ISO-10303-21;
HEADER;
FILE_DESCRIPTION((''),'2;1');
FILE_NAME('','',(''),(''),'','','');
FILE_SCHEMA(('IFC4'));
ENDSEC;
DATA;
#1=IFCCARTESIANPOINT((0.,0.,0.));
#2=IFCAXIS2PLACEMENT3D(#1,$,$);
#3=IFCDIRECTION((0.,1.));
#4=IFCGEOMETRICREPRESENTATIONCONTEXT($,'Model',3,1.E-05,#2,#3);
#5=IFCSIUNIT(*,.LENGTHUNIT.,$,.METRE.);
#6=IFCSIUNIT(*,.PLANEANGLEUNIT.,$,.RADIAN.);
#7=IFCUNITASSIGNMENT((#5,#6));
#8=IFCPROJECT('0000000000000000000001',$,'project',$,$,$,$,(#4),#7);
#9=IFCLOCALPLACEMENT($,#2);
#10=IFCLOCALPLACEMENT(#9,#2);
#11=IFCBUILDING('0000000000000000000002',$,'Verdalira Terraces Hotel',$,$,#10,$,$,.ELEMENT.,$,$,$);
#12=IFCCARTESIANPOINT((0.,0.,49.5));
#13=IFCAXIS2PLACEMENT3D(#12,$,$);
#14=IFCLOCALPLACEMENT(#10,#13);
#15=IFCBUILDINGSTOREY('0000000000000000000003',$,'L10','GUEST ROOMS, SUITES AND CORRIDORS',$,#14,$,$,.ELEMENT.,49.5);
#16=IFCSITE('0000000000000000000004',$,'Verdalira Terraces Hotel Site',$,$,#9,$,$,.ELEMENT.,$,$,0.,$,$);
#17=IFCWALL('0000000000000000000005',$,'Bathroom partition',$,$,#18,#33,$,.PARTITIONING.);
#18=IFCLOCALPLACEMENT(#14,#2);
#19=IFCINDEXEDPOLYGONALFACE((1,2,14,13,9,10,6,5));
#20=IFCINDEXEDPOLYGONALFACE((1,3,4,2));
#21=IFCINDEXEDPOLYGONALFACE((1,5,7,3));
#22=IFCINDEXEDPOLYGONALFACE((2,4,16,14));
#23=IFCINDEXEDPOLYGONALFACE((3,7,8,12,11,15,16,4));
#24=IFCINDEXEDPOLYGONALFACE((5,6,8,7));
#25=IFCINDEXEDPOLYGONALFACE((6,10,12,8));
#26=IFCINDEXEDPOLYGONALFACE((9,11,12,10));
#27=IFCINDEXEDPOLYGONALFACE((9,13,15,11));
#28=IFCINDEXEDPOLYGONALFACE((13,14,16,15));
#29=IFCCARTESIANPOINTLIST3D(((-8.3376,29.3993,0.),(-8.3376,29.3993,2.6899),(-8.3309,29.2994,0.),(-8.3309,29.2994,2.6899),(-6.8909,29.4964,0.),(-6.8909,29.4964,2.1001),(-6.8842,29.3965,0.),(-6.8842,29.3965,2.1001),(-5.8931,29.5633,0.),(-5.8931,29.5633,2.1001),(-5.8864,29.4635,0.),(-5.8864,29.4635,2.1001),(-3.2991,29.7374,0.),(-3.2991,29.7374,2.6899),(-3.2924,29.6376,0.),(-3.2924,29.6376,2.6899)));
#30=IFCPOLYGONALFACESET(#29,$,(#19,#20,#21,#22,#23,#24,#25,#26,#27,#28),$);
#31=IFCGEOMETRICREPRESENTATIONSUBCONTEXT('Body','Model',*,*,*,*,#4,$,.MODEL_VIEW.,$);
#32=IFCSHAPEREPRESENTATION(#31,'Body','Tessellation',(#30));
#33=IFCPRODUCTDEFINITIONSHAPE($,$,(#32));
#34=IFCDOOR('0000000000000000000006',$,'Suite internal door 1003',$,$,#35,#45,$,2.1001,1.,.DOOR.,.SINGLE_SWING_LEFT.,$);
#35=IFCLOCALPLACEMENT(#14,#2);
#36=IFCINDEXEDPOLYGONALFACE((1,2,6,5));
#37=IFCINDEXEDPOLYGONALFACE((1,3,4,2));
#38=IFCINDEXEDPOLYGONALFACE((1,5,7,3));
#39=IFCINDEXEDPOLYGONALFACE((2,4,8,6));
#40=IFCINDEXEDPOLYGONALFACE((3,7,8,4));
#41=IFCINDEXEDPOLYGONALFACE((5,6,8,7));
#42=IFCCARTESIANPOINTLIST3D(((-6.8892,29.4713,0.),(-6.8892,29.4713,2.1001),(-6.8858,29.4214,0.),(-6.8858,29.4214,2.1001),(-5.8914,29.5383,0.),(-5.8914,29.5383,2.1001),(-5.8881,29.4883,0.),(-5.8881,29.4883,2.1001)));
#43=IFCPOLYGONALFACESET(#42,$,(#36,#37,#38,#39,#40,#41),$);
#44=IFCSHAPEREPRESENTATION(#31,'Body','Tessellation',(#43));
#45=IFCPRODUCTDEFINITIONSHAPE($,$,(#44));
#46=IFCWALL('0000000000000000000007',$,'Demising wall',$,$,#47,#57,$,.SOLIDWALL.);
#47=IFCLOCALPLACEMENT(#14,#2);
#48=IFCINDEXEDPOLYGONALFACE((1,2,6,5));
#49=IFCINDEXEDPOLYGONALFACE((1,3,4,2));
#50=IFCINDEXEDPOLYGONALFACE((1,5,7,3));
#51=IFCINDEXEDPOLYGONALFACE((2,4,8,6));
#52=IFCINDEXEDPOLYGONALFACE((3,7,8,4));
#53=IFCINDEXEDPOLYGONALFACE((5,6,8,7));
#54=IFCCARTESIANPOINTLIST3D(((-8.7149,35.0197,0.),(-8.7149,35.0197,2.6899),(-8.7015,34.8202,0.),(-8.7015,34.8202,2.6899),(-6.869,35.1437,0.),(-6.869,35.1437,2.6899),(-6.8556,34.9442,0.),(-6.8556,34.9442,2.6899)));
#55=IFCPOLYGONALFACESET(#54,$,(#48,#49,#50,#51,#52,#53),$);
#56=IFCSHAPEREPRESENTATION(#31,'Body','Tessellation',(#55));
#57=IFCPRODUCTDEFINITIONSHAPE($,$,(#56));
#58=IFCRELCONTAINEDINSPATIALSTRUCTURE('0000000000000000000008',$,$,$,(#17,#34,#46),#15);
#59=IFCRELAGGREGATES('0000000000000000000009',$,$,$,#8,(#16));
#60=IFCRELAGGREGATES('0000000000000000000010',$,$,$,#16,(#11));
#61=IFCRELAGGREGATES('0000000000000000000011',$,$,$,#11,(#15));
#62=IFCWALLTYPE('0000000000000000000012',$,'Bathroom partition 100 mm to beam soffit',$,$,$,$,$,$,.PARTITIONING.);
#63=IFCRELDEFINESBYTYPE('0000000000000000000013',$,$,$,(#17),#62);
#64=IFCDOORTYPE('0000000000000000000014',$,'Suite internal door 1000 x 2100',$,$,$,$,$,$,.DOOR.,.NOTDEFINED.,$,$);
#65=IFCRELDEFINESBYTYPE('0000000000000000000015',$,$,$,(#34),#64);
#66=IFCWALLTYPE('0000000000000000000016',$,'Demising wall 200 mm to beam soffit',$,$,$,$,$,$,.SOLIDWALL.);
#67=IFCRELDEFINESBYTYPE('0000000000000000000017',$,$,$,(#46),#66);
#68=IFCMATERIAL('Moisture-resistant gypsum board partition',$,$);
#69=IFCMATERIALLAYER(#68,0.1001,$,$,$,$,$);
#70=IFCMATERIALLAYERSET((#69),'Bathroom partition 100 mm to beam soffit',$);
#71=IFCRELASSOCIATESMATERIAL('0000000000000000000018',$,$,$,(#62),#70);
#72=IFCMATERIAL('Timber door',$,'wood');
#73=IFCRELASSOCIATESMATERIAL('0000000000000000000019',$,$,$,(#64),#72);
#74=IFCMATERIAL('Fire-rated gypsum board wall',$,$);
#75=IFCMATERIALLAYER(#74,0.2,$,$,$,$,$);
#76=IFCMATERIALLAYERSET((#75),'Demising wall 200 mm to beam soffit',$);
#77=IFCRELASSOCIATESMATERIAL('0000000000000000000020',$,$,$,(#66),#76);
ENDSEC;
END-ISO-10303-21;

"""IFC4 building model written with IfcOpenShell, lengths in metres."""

from ifc_helpers import new_model, si_unit, direction, frame, frame_2d, origin, place, context, subcontext, project, spatial, rectangle, extrude, material, layer, layer_set, type_object, element, fill, save


model = new_model("IFC4")

# Units and contexts
model_context = context("Model", 3, precision=1e-05, world=origin(), true_north=direction((0.0, 1.0)))
body_context = subcontext(model_context, "Body", "Model", "MODEL_VIEW")
ifc_project = project(units=[si_unit("LENGTHUNIT", "METRE"), si_unit("PLANEANGLEUNIT", "RADIAN")], contexts=[model_context])

# Site, building, storey
site_placement = place(None, origin())
site = spatial("IfcSite", under=ifc_project, at=site_placement, Name="Verdalira Terraces Hotel Site", CompositionType="ELEMENT", RefElevation=0.0)
building_placement = place(site_placement, origin())
building = spatial("IfcBuilding", under=site, at=building_placement, Name="Verdalira Terraces Hotel", CompositionType="ELEMENT")
storey_placement = place(building_placement, frame((0.0, 0.0, 49.5)))
storey = spatial("IfcBuildingStorey", under=building, at=storey_placement, Name="L10", Description="GUEST ROOMS, SUITES AND CORRIDORS", CompositionType="ELEMENT", Elevation=49.5)

# Wall, opening, door
ifc_material_1 = material(Name="Moisture-resistant gypsum board partition")
ifc_layer_1 = layer(ifc_material_1, 0.1001)
ifc_layer_set_1 = layer_set([ifc_layer_1], Name="Bathroom partition 100 mm to beam soffit")
wall_type_1 = type_object("IfcWallType", Name="Bathroom partition 100 mm to beam soffit", PredefinedType="PARTITIONING", material=ifc_layer_set_1)
wall_1_placement = place(storey_placement, frame((-8.3342, 29.3494, 0.0), z_axis=(0.0, 0.0, 1.0), x_axis=(0.997756, 0.066959, 0.0)))
wall_1 = element("IfcWall", 1, at=wall_1_placement, inside=storey, type_object=wall_type_1, Name="Bathroom partition", PredefinedType="PARTITIONING", context=body_context, shape_type="SweptSolid", body=[
    extrude(rectangle(XDim=5.0498, YDim=0.1001, at=frame_2d((2.5249, 0.0))), origin(), (0.0, 0.0, 1.0), 2.6899),
])
opening_1_placement = place(wall_1_placement, frame((1.45, 0.0, 0.0)))
opening_1 = element("IfcOpeningElement", 2, at=opening_1_placement, cuts=wall_1, PredefinedType="OPENING", context=body_context, shape_type="SweptSolid", body=[
    extrude(rectangle(XDim=1.0, YDim=2.1001, at=frame_2d((0.5, 1.05))), frame((0.0, 0.0601, 0.0), z_axis=(0.0, -1.0, 0.0), x_axis=(1.0, 0.0, 0.0)), (0.0, 0.0, 1.0), 0.1201),
])
ifc_material_2 = material(Name="Timber door", Category="wood")
door_type_1 = type_object("IfcDoorType", Name="Suite internal door 1000 x 2100", OperationType="NOTDEFINED", PredefinedType="DOOR", material=ifc_material_2)
door_1_placement = place(opening_1_placement, origin())
door_1 = element("IfcDoor", 3, at=door_1_placement, inside=storey, type_object=door_type_1, Name="Suite internal door 1003", OperationType="SINGLE_SWING_LEFT", OverallHeight=2.1001, OverallWidth=1.0, PredefinedType="DOOR", context=body_context, shape_type="SweptSolid", body=[
    extrude(rectangle(XDim=1.0, YDim=2.1001, at=frame_2d((0.5, 1.05))), frame((0.0, 0.0249, 0.0), z_axis=(0.0, -1.0, 0.0), x_axis=(1.0, 0.0, 0.0)), (0.0, 0.0, 1.0), 0.05),
])
fill(opening_1, door_1)

# Wall
ifc_material_3 = material(Name="Fire-rated gypsum board wall")
ifc_layer_2 = layer(ifc_material_3, 0.2)
ifc_layer_set_2 = layer_set([ifc_layer_2], Name="Demising wall 200 mm to beam soffit")
wall_type_2 = type_object("IfcWallType", Name="Demising wall 200 mm to beam soffit", PredefinedType="SOLIDWALL", material=ifc_layer_set_2)
wall_2_placement = place(storey_placement, frame((-6.8623, 35.0439, 0.0), z_axis=(0.0, 0.0, 1.0), x_axis=(-0.997751, -0.067036, 0.0)))
element("IfcWall", 4, at=wall_2_placement, inside=storey, type_object=wall_type_2, Name="Demising wall", PredefinedType="SOLIDWALL", context=body_context, shape_type="SweptSolid", body=[
    extrude(rectangle(XDim=1.8501, YDim=0.2, at=frame_2d((0.925, 0.0))), origin(), (0.0, 0.0, 1.0), 2.6899),
])

save(model, "model.ifc")
